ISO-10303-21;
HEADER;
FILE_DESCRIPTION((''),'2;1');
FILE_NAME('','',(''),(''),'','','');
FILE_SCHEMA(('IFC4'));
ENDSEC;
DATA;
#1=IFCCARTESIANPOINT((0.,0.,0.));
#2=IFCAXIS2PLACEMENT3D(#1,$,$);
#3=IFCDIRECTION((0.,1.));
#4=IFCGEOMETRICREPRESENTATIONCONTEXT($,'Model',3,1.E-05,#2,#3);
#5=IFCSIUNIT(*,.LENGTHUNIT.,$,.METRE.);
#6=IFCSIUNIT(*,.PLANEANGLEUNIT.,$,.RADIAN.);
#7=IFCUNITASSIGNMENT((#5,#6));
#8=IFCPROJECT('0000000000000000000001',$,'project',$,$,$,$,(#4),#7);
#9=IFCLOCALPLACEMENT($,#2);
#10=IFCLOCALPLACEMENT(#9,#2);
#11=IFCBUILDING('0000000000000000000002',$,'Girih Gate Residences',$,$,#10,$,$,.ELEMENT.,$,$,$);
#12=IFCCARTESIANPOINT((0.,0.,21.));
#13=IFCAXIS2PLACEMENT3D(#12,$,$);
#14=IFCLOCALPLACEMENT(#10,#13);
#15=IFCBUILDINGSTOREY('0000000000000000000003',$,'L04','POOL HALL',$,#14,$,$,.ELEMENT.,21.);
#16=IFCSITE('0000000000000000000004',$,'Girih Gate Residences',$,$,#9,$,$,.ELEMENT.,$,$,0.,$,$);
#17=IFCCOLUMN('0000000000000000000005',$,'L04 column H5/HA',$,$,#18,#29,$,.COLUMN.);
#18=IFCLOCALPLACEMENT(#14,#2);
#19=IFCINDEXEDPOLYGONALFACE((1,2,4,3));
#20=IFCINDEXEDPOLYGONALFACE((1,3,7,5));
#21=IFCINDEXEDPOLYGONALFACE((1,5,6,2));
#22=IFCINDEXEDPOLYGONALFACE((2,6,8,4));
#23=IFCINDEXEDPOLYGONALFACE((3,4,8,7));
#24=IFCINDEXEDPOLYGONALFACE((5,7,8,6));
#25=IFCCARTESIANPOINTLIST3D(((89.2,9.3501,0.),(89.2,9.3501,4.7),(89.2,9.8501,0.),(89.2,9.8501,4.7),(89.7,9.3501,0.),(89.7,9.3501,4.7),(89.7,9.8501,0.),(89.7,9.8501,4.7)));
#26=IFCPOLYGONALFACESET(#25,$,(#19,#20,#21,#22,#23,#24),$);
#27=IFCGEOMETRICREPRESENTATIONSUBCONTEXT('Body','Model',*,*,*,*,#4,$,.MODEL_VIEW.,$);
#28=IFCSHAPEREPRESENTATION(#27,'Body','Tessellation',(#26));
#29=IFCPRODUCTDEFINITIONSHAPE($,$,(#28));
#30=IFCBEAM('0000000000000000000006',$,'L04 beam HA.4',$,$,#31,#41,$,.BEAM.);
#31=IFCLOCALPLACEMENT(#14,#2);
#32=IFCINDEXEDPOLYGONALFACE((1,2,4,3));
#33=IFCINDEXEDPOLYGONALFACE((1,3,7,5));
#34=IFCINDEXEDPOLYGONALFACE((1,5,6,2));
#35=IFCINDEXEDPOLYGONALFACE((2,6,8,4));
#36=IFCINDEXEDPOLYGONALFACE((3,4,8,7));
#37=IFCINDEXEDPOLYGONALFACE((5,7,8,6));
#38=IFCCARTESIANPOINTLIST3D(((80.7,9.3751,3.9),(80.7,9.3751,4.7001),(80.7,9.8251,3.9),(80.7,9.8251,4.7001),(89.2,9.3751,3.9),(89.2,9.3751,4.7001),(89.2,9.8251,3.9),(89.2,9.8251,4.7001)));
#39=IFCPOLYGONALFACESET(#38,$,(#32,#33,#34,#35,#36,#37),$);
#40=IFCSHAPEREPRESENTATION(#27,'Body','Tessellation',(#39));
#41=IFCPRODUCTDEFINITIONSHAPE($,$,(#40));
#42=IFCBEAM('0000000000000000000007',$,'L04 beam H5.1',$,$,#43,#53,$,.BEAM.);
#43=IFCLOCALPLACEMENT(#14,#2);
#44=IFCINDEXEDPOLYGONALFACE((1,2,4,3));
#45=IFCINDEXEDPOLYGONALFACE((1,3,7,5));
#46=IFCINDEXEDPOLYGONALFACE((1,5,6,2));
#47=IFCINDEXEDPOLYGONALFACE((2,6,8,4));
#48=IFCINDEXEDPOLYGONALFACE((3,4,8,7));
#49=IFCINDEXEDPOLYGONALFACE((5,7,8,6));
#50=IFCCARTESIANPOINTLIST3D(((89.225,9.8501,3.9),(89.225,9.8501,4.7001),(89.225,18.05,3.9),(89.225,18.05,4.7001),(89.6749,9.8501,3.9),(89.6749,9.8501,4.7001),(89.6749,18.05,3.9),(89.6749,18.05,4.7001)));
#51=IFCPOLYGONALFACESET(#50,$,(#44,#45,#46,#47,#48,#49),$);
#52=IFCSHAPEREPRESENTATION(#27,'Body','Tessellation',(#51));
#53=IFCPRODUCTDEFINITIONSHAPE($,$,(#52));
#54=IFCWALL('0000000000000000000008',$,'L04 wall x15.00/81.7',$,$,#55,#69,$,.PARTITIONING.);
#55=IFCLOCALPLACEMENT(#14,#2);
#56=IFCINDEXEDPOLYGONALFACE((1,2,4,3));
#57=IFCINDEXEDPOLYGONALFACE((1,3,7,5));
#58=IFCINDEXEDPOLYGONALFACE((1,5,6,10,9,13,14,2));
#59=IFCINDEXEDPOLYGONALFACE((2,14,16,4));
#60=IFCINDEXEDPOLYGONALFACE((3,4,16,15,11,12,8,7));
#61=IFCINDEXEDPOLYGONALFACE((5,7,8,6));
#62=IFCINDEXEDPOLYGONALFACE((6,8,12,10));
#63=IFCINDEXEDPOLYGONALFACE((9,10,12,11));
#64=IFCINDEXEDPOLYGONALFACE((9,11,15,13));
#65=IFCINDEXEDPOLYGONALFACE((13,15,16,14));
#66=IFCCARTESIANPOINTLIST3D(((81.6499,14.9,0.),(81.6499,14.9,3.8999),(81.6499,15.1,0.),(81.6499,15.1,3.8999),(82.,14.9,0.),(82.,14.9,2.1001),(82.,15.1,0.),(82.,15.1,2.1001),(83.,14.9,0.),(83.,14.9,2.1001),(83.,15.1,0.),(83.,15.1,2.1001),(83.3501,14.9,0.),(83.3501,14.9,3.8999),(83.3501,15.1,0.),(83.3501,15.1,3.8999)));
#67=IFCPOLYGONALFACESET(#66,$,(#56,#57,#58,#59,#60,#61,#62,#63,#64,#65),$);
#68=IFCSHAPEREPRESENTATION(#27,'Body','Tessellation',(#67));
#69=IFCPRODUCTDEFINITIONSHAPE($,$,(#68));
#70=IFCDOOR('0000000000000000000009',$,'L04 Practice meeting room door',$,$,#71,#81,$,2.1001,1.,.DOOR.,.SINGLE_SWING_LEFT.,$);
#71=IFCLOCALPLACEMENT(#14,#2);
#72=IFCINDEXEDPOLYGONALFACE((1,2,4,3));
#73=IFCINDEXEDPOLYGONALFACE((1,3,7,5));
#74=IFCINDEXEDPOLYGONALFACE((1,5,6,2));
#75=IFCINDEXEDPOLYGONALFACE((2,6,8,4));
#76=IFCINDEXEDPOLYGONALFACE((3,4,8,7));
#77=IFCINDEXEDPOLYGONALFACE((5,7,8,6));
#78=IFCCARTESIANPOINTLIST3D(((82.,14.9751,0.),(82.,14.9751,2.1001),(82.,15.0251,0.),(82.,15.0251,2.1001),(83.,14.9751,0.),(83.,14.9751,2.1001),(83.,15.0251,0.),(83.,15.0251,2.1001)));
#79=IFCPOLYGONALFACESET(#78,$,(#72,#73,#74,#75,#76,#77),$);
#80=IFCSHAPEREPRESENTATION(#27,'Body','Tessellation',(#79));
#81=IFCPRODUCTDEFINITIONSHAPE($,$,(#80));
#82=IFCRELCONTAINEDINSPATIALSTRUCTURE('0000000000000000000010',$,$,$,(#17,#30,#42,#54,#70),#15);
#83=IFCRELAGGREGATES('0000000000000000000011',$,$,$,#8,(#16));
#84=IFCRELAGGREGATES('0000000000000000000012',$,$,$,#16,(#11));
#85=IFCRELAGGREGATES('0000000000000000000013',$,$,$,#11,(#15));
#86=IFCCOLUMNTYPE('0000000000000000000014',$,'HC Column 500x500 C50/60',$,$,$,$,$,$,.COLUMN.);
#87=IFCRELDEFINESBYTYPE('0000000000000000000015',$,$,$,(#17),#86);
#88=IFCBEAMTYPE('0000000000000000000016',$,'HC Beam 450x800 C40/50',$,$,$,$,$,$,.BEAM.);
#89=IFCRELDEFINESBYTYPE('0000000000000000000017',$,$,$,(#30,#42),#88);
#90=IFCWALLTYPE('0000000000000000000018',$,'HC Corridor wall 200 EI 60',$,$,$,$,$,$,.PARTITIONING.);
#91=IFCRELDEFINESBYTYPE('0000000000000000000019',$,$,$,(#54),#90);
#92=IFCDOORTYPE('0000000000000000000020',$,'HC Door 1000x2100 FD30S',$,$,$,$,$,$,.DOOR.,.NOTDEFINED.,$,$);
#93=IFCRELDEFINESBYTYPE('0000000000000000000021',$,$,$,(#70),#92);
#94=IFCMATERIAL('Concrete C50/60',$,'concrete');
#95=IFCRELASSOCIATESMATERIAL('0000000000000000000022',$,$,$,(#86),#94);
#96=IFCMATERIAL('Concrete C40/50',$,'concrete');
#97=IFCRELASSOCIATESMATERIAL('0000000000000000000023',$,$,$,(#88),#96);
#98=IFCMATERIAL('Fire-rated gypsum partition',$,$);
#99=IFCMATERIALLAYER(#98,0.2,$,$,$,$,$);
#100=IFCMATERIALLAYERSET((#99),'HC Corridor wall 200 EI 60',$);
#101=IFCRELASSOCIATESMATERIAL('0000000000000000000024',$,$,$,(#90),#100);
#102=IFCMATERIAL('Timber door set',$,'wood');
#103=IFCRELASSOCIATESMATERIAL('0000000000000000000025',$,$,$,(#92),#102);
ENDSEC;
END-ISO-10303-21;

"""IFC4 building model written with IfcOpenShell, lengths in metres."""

from ifc_helpers import new_model, si_unit, direction, frame, frame_2d, origin, origin_2d, place, context, subcontext, project, spatial, rectangle, extrude, material, layer, layer_set, material_profile, profile_set, type_object, element, fill, save


model = new_model("IFC4")

# Units and contexts
model_context = context("Model", 3, precision=1e-05, world=origin(), true_north=direction((0.0, 1.0)))
body_context = subcontext(model_context, "Body", "Model", "MODEL_VIEW")
ifc_project = project(units=[si_unit("LENGTHUNIT", "METRE"), si_unit("PLANEANGLEUNIT", "RADIAN")], contexts=[model_context])

# Site, building, storey
site_placement = place(None, origin())
site = spatial("IfcSite", under=ifc_project, at=site_placement, Name="Girih Gate Residences", CompositionType="ELEMENT", RefElevation=0.0)
building_placement = place(site_placement, origin())
building = spatial("IfcBuilding", under=site, at=building_placement, Name="Girih Gate Residences", CompositionType="ELEMENT")
storey_placement = place(building_placement, frame((0.0, 0.0, 21.0)))
storey = spatial("IfcBuildingStorey", under=building, at=storey_placement, Name="L04", Description="POOL HALL", CompositionType="ELEMENT", Elevation=21.0)

# Column
ifc_material_1 = material(Name="Concrete C50/60", Category="concrete")
ifc_material_profile_1 = material_profile(ifc_material_1, rectangle(XDim=0.5, YDim=0.5, at=origin_2d()))
ifc_profile_set_1 = profile_set([ifc_material_profile_1], Name="Concrete C50/60")
column_type = type_object("IfcColumnType", Name="HC Column 500x500 C50/60", PredefinedType="COLUMN", material=ifc_profile_set_1)
column_placement = place(storey_placement, frame((89.45, 9.6001, 0.0), z_axis=(0.0, 0.0, 1.0), x_axis=(1.0, 0.0, 0.0)))
element("IfcColumn", 1, at=column_placement, inside=storey, type_object=column_type, Name="L04 column H5/HA", PredefinedType="COLUMN", context=body_context, shape_type="SweptSolid", body=[
    extrude(rectangle(XDim=0.5, YDim=0.5, at=origin_2d()), origin(), (0.0, 0.0, 1.0), 4.7),
])

# Beams
ifc_material_2 = material(Name="Concrete C40/50", Category="concrete")
ifc_material_profile_2 = material_profile(ifc_material_2, rectangle(XDim=0.45, YDim=0.8, at=origin_2d()))
ifc_profile_set_2 = profile_set([ifc_material_profile_2], Name="Concrete C40/50")
beam_type = type_object("IfcBeamType", Name="HC Beam 450x800 C40/50", PredefinedType="BEAM", material=ifc_profile_set_2)
beam_1_placement = place(storey_placement, frame((80.7, 9.6001, 4.3), z_axis=(1.0, 0.0, 0.0), x_axis=(0.0, 1.0, 0.0)))
element("IfcBeam", 2, at=beam_1_placement, inside=storey, type_object=beam_type, Name="L04 beam HA.4", PredefinedType="BEAM", context=body_context, shape_type="SweptSolid", body=[
    extrude(rectangle(XDim=0.45, YDim=0.8, at=origin_2d()), origin(), (0.0, 0.0, 1.0), 8.5),
])
beam_2_placement = place(storey_placement, frame((89.45, 9.8501, 4.3), z_axis=(0.0, 1.0, 0.0), x_axis=(-1.0, 0.0, 0.0)))
element("IfcBeam", 3, at=beam_2_placement, inside=storey, type_object=beam_type, Name="L04 beam H5.1", PredefinedType="BEAM", context=body_context, shape_type="SweptSolid", body=[
    extrude(rectangle(XDim=0.45, YDim=0.8, at=origin_2d()), origin(), (0.0, 0.0, 1.0), 8.2),
])

# Wall, opening, door
ifc_material_3 = material(Name="Fire-rated gypsum partition")
ifc_layer_1 = layer(ifc_material_3, 0.2)
ifc_layer_set_1 = layer_set([ifc_layer_1], Name="HC Corridor wall 200 EI 60")
wall_type_1 = type_object("IfcWallType", Name="HC Corridor wall 200 EI 60", PredefinedType="PARTITIONING", material=ifc_layer_set_1)
wall_1_placement = place(storey_placement, frame((83.3501, 15.0, 0.0), z_axis=(0.0, 0.0, 1.0), x_axis=(-1.0, 0.0, 0.0)))
wall_1 = element("IfcWall", 4, at=wall_1_placement, inside=storey, type_object=wall_type_1, Name="L04 wall x15.00/81.7", PredefinedType="PARTITIONING", context=body_context, shape_type="SweptSolid", body=[
    extrude(rectangle(XDim=1.7002, YDim=0.2, at=frame_2d((0.8501, 0.0))), origin(), (0.0, 0.0, 1.0), 3.8999),
])
opening_1_placement = place(wall_1_placement, frame((0.3501, 0.0, 0.0)))
opening_1 = element("IfcOpeningElement", 5, at=opening_1_placement, cuts=wall_1, PredefinedType="OPENING", context=body_context, shape_type="SweptSolid", body=[
    extrude(rectangle(XDim=1.0, YDim=2.1001, at=frame_2d((0.5, 1.05))), frame((0.0, 0.1099, 0.0), z_axis=(0.0, -1.0, 0.0), x_axis=(1.0, 0.0, 0.0)), (0.0, 0.0, 1.0), 0.22),
])
ifc_material_4 = material(Name="Timber door set", Category="wood")
door_type = type_object("IfcDoorType", Name="HC Door 1000x2100 FD30S", OperationType="NOTDEFINED", PredefinedType="DOOR", material=ifc_material_4)
door_placement = place(opening_1_placement, origin())
door = element("IfcDoor", 6, at=door_placement, inside=storey, type_object=door_type, Name="L04 Practice meeting room door", OperationType="SINGLE_SWING_LEFT", OverallHeight=2.1001, OverallWidth=1.0, PredefinedType="DOOR", context=body_context, shape_type="SweptSolid", body=[
    extrude(rectangle(XDim=1.0, YDim=2.1001, at=frame_2d((0.5, 1.05))), frame((0.0, 0.0249, 0.0), z_axis=(0.0, -1.0, 0.0), x_axis=(1.0, 0.0, 0.0)), (0.0, 0.0, 1.0), 0.05),
])
fill(opening_1, door)

save(model, "model.ifc")
